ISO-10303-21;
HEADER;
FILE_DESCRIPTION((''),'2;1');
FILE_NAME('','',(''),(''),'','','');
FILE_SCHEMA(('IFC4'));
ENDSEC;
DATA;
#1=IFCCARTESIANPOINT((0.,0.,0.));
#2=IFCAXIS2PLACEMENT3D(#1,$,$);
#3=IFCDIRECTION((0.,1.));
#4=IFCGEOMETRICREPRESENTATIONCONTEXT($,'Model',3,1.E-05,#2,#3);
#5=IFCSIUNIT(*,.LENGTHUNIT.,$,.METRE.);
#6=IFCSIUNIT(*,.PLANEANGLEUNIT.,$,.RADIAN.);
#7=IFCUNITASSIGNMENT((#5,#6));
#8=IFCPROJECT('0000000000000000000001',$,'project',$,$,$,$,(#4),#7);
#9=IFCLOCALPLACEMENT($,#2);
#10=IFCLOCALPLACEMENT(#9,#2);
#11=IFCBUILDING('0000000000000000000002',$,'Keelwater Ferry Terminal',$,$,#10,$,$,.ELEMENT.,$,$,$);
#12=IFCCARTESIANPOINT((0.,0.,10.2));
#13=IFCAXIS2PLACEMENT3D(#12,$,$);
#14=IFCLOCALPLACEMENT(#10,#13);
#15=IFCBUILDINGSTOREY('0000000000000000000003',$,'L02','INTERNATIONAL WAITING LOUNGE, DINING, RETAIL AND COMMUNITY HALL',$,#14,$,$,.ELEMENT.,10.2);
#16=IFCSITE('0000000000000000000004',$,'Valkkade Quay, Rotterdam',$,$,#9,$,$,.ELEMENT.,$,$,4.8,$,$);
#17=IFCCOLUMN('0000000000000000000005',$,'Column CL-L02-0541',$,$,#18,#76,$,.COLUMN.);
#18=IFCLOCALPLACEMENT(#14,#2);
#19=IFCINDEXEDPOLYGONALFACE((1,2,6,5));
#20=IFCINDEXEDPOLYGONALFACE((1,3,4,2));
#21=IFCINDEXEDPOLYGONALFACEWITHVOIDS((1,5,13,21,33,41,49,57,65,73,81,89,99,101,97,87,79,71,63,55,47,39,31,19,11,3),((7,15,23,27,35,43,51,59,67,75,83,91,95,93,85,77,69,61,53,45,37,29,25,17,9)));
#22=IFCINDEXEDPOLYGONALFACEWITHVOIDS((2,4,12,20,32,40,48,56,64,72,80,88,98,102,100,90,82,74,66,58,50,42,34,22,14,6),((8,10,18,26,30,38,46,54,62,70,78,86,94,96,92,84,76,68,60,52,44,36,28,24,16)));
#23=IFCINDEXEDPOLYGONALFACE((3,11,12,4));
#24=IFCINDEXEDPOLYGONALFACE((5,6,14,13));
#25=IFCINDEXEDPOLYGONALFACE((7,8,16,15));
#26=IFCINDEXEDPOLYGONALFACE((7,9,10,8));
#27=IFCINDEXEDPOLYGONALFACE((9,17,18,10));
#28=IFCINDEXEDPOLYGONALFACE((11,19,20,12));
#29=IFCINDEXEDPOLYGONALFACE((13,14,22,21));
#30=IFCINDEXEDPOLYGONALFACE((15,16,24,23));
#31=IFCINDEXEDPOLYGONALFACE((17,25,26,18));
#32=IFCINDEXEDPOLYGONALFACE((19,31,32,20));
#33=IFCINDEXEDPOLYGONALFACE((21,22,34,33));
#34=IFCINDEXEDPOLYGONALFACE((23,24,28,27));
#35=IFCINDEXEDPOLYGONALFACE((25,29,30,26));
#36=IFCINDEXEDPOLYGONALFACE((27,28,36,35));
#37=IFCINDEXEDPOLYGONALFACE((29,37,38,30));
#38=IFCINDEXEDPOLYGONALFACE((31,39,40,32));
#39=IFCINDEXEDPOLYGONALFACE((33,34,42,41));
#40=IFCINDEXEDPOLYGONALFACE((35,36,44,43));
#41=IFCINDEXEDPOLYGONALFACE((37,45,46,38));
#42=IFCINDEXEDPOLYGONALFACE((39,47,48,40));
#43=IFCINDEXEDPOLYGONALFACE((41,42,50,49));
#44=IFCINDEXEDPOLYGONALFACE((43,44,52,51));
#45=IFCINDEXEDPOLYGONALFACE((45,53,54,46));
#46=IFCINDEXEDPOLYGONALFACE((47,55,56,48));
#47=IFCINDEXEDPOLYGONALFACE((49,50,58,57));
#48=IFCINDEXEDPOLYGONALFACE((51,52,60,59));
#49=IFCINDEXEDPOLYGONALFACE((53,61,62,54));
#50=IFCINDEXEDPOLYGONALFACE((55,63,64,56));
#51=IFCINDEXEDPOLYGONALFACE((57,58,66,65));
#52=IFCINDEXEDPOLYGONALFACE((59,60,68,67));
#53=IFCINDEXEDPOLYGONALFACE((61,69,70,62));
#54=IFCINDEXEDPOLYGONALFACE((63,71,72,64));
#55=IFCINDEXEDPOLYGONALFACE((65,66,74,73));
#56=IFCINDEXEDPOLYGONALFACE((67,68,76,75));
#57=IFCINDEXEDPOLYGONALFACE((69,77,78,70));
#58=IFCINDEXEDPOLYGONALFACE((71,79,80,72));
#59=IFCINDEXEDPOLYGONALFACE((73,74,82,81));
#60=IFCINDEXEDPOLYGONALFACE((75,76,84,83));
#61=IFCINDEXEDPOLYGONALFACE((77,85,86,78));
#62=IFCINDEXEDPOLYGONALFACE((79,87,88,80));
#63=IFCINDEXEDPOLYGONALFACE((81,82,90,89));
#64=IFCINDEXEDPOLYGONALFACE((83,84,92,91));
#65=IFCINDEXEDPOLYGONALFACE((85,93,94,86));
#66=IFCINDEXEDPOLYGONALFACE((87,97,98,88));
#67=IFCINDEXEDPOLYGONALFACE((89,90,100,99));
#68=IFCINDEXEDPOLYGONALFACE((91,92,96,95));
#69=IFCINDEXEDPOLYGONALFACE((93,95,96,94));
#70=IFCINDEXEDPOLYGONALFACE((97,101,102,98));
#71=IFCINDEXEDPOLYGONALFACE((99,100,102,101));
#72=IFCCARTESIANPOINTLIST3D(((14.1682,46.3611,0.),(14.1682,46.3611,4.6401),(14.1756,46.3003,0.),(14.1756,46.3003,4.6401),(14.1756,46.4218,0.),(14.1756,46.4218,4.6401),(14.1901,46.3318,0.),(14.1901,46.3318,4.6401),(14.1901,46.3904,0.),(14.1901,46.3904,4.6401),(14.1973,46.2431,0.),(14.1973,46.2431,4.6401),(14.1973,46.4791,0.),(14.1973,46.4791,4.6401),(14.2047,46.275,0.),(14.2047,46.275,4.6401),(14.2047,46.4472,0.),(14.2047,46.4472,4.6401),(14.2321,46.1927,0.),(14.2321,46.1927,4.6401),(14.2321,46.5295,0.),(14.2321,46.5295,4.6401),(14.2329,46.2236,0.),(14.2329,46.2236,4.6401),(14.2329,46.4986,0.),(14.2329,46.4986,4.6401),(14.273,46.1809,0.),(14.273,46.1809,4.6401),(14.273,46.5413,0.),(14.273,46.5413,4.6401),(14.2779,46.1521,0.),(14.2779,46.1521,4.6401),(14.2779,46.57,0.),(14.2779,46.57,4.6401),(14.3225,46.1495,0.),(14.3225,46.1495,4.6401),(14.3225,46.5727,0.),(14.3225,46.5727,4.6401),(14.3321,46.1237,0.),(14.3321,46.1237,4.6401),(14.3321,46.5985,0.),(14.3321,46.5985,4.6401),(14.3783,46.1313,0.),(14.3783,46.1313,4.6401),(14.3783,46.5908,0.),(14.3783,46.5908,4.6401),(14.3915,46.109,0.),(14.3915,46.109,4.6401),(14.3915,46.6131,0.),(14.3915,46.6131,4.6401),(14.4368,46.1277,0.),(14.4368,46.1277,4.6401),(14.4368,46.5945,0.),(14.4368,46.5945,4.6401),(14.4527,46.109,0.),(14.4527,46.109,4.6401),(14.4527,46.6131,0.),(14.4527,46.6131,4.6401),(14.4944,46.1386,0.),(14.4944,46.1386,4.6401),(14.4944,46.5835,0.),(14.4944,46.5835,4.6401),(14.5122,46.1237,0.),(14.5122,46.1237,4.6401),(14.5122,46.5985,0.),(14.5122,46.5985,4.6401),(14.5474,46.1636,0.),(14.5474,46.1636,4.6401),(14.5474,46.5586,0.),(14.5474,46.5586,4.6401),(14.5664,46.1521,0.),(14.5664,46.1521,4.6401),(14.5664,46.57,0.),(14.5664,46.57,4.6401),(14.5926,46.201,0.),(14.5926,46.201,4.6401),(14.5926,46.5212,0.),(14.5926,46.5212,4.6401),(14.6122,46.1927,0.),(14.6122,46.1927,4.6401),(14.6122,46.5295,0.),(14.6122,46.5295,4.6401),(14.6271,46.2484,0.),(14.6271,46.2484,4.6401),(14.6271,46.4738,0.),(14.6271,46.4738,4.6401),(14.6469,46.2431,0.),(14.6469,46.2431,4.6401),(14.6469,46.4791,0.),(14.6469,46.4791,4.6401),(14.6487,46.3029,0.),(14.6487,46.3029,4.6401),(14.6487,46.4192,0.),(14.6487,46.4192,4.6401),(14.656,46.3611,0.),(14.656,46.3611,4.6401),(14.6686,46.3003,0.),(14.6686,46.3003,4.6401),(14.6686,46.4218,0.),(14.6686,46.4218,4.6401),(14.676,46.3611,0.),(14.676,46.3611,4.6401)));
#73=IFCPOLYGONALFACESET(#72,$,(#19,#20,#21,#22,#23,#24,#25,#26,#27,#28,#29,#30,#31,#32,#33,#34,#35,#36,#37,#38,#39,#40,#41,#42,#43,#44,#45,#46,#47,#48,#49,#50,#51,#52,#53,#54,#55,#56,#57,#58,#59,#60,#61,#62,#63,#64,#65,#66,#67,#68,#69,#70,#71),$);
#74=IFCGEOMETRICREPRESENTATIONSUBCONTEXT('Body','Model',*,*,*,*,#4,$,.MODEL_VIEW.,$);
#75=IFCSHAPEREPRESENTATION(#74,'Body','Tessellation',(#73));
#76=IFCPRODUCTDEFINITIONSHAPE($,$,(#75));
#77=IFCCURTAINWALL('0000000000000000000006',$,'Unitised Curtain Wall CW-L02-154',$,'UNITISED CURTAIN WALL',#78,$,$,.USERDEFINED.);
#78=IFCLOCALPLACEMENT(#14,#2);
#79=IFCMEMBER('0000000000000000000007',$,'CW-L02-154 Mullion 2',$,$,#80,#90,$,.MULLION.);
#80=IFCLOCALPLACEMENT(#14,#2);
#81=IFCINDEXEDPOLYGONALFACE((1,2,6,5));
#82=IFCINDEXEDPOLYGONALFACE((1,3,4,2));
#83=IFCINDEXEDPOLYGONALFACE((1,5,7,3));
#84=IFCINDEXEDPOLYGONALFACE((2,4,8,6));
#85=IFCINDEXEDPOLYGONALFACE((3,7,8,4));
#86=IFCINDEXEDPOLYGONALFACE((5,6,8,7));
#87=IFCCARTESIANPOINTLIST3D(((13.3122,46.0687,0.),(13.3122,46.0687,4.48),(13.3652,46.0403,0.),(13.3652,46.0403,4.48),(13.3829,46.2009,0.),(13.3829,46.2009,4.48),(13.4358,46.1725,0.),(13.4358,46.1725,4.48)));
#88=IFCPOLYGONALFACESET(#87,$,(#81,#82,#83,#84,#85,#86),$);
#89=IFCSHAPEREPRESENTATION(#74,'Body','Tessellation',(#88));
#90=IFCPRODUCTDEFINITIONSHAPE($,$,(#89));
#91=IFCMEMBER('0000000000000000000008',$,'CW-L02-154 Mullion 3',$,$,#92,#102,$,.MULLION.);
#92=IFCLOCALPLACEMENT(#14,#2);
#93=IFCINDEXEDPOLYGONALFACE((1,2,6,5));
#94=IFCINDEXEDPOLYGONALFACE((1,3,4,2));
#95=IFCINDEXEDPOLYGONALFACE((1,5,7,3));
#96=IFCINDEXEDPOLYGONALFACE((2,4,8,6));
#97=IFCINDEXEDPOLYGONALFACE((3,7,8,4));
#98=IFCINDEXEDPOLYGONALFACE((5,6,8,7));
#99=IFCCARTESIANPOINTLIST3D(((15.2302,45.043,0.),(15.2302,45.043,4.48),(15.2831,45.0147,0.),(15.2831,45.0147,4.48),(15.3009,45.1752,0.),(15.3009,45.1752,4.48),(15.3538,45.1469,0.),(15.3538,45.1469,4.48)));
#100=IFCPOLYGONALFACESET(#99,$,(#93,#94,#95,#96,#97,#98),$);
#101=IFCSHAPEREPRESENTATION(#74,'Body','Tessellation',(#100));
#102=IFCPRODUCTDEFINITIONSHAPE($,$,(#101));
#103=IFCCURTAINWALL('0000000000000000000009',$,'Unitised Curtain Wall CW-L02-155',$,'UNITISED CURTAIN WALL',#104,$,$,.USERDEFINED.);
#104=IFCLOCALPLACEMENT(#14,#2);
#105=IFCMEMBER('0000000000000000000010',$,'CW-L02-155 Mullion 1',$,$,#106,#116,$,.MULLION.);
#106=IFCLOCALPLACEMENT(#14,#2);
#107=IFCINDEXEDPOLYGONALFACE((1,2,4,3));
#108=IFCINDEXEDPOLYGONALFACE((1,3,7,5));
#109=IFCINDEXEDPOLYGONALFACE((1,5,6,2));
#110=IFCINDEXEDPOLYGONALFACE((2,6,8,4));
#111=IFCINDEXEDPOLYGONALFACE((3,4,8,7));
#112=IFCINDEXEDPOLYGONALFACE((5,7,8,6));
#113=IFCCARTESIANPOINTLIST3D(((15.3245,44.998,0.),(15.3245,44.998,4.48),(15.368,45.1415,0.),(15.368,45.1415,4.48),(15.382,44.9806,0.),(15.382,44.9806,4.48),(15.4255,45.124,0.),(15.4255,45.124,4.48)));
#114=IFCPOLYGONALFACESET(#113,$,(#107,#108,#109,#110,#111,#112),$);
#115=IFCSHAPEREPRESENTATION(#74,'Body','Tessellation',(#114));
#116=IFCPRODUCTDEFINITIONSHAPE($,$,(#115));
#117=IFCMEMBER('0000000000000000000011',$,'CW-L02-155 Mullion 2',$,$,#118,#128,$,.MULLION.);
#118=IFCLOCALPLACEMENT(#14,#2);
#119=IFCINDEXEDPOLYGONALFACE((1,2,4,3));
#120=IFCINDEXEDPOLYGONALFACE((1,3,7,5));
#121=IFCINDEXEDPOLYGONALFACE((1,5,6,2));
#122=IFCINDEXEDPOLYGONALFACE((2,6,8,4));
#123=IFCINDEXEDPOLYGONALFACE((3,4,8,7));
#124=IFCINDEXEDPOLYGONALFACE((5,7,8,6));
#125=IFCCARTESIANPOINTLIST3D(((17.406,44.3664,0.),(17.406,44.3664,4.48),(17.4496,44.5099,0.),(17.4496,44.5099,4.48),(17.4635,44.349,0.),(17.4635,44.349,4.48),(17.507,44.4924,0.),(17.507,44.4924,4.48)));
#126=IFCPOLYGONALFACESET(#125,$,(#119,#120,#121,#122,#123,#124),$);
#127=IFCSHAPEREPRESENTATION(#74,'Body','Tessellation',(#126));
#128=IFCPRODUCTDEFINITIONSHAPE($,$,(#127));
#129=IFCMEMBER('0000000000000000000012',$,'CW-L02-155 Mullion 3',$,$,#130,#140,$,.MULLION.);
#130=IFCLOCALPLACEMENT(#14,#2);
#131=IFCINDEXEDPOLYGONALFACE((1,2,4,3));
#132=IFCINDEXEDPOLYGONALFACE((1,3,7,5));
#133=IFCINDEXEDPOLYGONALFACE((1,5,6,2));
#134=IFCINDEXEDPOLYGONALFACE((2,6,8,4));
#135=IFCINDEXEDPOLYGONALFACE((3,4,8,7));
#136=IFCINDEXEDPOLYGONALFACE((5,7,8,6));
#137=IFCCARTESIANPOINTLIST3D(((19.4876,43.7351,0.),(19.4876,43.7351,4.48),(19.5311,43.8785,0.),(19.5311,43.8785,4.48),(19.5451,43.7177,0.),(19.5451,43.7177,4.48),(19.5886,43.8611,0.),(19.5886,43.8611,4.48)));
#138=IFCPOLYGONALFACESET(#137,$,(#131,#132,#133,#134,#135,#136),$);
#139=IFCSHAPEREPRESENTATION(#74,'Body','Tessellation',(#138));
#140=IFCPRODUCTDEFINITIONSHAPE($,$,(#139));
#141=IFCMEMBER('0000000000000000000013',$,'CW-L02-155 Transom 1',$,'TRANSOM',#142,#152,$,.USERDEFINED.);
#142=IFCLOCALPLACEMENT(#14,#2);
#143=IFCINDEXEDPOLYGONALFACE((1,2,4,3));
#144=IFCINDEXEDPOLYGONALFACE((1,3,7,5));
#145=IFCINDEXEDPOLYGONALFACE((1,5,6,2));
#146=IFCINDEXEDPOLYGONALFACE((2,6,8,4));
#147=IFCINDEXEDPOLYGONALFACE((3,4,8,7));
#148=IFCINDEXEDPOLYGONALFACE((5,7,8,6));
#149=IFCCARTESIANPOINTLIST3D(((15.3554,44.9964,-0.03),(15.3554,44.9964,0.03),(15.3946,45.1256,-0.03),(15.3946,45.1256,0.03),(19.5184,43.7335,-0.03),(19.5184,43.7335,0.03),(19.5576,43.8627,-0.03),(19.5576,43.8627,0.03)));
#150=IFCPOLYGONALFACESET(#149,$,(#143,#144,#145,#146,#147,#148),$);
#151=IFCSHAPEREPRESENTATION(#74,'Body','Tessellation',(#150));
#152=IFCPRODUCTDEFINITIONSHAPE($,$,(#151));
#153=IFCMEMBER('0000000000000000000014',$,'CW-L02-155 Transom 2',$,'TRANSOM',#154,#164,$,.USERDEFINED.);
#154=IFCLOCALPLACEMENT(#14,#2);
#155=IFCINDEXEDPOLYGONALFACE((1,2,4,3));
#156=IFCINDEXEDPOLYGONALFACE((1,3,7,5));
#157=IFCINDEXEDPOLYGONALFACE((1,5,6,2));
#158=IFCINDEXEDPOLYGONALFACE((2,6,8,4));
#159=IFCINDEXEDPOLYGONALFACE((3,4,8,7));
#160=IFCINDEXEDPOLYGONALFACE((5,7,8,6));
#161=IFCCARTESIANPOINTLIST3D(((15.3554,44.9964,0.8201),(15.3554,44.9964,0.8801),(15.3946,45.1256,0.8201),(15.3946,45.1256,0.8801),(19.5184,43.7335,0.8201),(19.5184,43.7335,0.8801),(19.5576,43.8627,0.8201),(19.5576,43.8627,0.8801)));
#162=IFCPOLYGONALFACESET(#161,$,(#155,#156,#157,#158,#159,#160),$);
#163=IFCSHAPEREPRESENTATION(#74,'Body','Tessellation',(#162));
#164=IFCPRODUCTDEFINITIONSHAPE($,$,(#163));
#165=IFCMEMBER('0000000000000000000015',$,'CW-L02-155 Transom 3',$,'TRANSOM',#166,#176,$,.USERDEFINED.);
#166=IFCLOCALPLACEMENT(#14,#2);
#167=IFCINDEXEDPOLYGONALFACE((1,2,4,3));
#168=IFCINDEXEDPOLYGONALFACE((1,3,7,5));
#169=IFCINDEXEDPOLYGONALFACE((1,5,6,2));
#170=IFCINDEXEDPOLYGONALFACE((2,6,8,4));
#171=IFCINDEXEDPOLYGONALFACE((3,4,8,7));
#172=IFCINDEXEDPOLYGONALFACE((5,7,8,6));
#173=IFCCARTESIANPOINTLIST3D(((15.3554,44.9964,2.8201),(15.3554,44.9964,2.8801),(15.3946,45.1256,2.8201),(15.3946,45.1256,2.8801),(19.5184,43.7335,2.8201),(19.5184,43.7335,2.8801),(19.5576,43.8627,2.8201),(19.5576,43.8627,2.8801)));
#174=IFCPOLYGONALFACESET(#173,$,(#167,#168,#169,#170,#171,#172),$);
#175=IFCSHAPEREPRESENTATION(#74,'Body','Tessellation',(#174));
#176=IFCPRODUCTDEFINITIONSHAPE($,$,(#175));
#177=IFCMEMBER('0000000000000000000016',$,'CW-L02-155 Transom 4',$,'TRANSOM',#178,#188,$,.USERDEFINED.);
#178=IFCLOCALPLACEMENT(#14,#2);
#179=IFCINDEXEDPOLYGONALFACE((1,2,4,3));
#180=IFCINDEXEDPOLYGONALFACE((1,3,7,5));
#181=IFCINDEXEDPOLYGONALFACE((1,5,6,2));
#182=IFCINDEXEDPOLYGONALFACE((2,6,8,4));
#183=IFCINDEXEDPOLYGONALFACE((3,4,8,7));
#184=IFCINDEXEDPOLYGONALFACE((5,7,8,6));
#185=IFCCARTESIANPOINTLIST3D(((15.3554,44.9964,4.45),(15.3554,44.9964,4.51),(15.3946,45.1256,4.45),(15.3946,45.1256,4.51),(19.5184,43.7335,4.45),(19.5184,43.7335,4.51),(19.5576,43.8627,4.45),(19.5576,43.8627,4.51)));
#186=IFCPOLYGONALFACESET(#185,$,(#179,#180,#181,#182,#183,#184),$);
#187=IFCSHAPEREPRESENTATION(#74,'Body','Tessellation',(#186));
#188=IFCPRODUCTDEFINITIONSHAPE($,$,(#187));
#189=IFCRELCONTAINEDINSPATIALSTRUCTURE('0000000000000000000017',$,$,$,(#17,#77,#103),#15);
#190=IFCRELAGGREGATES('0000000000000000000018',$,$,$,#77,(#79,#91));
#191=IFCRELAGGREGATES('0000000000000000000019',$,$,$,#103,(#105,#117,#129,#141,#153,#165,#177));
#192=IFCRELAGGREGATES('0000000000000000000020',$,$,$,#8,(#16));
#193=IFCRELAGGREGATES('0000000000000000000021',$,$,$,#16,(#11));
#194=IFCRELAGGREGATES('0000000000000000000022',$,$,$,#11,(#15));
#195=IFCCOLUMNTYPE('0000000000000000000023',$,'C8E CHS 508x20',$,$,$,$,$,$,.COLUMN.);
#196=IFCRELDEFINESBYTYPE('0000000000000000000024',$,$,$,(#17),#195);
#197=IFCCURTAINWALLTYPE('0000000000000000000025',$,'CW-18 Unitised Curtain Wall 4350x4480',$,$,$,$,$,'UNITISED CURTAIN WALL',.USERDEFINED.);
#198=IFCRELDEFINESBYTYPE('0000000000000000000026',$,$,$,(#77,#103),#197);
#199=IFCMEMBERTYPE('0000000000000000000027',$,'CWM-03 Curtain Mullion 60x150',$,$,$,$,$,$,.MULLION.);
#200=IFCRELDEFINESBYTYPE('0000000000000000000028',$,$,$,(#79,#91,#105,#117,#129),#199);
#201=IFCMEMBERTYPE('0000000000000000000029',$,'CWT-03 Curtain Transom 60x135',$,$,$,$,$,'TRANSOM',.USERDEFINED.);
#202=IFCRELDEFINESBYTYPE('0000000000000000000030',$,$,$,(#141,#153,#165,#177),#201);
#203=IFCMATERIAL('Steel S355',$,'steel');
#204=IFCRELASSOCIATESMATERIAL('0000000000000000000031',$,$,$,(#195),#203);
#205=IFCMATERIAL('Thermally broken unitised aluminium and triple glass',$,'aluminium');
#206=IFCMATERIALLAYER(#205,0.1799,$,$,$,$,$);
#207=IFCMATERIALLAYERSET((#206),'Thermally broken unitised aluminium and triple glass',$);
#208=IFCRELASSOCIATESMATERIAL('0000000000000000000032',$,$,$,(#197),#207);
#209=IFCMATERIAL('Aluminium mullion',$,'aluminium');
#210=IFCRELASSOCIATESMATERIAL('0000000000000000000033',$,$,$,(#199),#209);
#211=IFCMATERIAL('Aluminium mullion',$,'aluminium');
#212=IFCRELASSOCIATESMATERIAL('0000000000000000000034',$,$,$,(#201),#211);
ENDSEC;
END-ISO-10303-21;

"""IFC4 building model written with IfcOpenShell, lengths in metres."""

from ifc_helpers import new_model, si_unit, direction, frame, origin, origin_2d, place, context, subcontext, project, spatial, rectangle, hollow_circle, extrude, material, layer, layer_set, material_profile, profile_set, type_object, element, aggregate, save


model = new_model("IFC4")

# Units and contexts
model_context = context("Model", 3, precision=1e-05, world=origin(), true_north=direction((0.0, 1.0)))
body_context = subcontext(model_context, "Body", "Model", "MODEL_VIEW")
ifc_project = project(units=[si_unit("LENGTHUNIT", "METRE"), si_unit("PLANEANGLEUNIT", "RADIAN")], contexts=[model_context])

# Site, building, storey
site_placement = place(None, origin())
site = spatial("IfcSite", under=ifc_project, at=site_placement, Name="Valkkade Quay, Rotterdam", CompositionType="ELEMENT", RefElevation=4.8)
building_placement = place(site_placement, origin())
building = spatial("IfcBuilding", under=site, at=building_placement, Name="Keelwater Ferry Terminal", CompositionType="ELEMENT")
storey_placement = place(building_placement, frame((0.0, 0.0, 10.2)))
storey = spatial("IfcBuildingStorey", under=building, at=storey_placement, Name="L02", Description="INTERNATIONAL WAITING LOUNGE, DINING, RETAIL AND COMMUNITY HALL", CompositionType="ELEMENT", Elevation=10.2)

# Column
ifc_material_1 = material(Name="Steel S355", Category="steel")
ifc_material_profile_1 = material_profile(ifc_material_1, hollow_circle(Radius=0.2539, WallThickness=0.02, at=origin_2d()), Name="CHS 508x20")
ifc_profile_set_1 = profile_set([ifc_material_profile_1], Name="Steel S355")
column_type = type_object("IfcColumnType", Name="C8E CHS 508x20", PredefinedType="COLUMN", material=ifc_profile_set_1)
column_placement = place(storey_placement, frame((14.4221, 46.3611, 0.0), z_axis=(0.0, 0.0, 1.0), x_axis=(1.0, 0.0, 0.0)))
element("IfcColumn", 1, at=column_placement, inside=storey, type_object=column_type, Name="Column CL-L02-0541", PredefinedType="COLUMN", context=body_context, shape_type="SweptSolid", body=[
    extrude(hollow_circle(Radius=0.2539, WallThickness=0.02, at=origin_2d()), origin(), (0.0, 0.0, 1.0), 4.6401),
])

# Curtain walls, members
ifc_material_2 = material(Name="Thermally broken unitised aluminium and triple glass", Category="aluminium")
ifc_layer_1 = layer(ifc_material_2, 0.1799)
ifc_layer_set_1 = layer_set([ifc_layer_1], Name="Thermally broken unitised aluminium and triple glass")
curtain_wall_type = type_object("IfcCurtainWallType", Name="CW-18 Unitised Curtain Wall 4350x4480", ElementType="UNITISED CURTAIN WALL", PredefinedType="USERDEFINED", material=ifc_layer_set_1)
curtain_wall_1_placement = place(storey_placement, origin())
curtain_wall_1 = element("IfcCurtainWall", 2, at=curtain_wall_1_placement, inside=storey, type_object=curtain_wall_type, Name="Unitised Curtain Wall CW-L02-154", ObjectType="UNITISED CURTAIN WALL", PredefinedType="USERDEFINED")
ifc_material_3 = material(Name="Aluminium mullion", Category="aluminium")
ifc_material_profile_2 = material_profile(ifc_material_3, rectangle(XDim=0.0601, YDim=0.1499, at=origin_2d()), Name="CWM-03")
ifc_profile_set_2 = profile_set([ifc_material_profile_2], Name="Aluminium mullion")
member_type_1 = type_object("IfcMemberType", Name="CWM-03 Curtain Mullion 60x150", PredefinedType="MULLION", material=ifc_profile_set_2)
member_1_placement = place(storey_placement, frame((13.374, 46.1206, 0.0), z_axis=(0.0, 0.0, 1.0), x_axis=(0.881862, -0.471507, 0.0)))
member_1 = element("IfcMember", 3, at=member_1_placement, type_object=member_type_1, Name="CW-L02-154 Mullion 2", PredefinedType="MULLION", context=body_context, shape_type="SweptSolid", body=[
    extrude(rectangle(XDim=0.0601, YDim=0.1499, at=origin_2d()), origin(), (0.0, 0.0, 1.0), 4.48),
])
member_2_placement = place(storey_placement, frame((15.292, 45.095, 0.0), z_axis=(0.0, 0.0, 1.0), x_axis=(0.881862, -0.471507, 0.0)))
member_2 = element("IfcMember", 4, at=member_2_placement, type_object=member_type_1, Name="CW-L02-154 Mullion 3", PredefinedType="MULLION", context=body_context, shape_type="SweptSolid", body=[
    extrude(rectangle(XDim=0.0601, YDim=0.1499, at=origin_2d()), origin(), (0.0, 0.0, 1.0), 4.48),
])
curtain_wall_2_placement = place(storey_placement, origin())
curtain_wall_2 = element("IfcCurtainWall", 5, at=curtain_wall_2_placement, inside=storey, type_object=curtain_wall_type, Name="Unitised Curtain Wall CW-L02-155", ObjectType="UNITISED CURTAIN WALL", PredefinedType="USERDEFINED")
member_3_placement = place(storey_placement, frame((15.375, 45.061, 0.0), z_axis=(0.0, 0.0, 1.0), x_axis=(0.95693, -0.29032, 0.0)))
member_3 = element("IfcMember", 6, at=member_3_placement, type_object=member_type_1, Name="CW-L02-155 Mullion 1", PredefinedType="MULLION", context=body_context, shape_type="SweptSolid", body=[
    extrude(rectangle(XDim=0.0601, YDim=0.1499, at=origin_2d()), origin(), (0.0, 0.0, 1.0), 4.48),
])
member_4_placement = place(storey_placement, frame((17.4565, 44.4294, 0.0), z_axis=(0.0, 0.0, 1.0), x_axis=(0.95693, -0.29032, 0.0)))
member_4 = element("IfcMember", 7, at=member_4_placement, type_object=member_type_1, Name="CW-L02-155 Mullion 2", PredefinedType="MULLION", context=body_context, shape_type="SweptSolid", body=[
    extrude(rectangle(XDim=0.0601, YDim=0.1499, at=origin_2d()), origin(), (0.0, 0.0, 1.0), 4.48),
])
member_5_placement = place(storey_placement, frame((19.5381, 43.7981, 0.0), z_axis=(0.0, 0.0, 1.0), x_axis=(0.95693, -0.29032, 0.0)))
member_5 = element("IfcMember", 8, at=member_5_placement, type_object=member_type_1, Name="CW-L02-155 Mullion 3", PredefinedType="MULLION", context=body_context, shape_type="SweptSolid", body=[
    extrude(rectangle(XDim=0.0601, YDim=0.1499, at=origin_2d()), origin(), (0.0, 0.0, 1.0), 4.48),
])
ifc_material_4 = material(Name="Aluminium mullion", Category="aluminium")
ifc_material_profile_3 = material_profile(ifc_material_4, rectangle(XDim=0.135, YDim=0.0601, at=origin_2d()), Name="CWT-03")
ifc_profile_set_3 = profile_set([ifc_material_profile_3], Name="Aluminium mullion")
member_type_2 = type_object("IfcMemberType", Name="CWT-03 Curtain Transom 60x135", ElementType="TRANSOM", PredefinedType="USERDEFINED", material=ifc_profile_set_3)
member_6_placement = place(storey_placement, frame((15.375, 45.061, 0.0), z_axis=(0.956935, -0.290302, 0.0), x_axis=(0.290302, 0.956935, 0.0)))
member_6 = element("IfcMember", 9, at=member_6_placement, type_object=member_type_2, Name="CW-L02-155 Transom 1", ObjectType="TRANSOM", PredefinedType="USERDEFINED", context=body_context, shape_type="SweptSolid", body=[
    extrude(rectangle(XDim=0.135, YDim=0.0601, at=origin_2d()), origin(), (0.0, 0.0, 1.0), 4.3503),
])
member_7_placement = place(storey_placement, frame((15.375, 45.061, 0.8501), z_axis=(0.956935, -0.290302, 0.0), x_axis=(0.290302, 0.956935, 0.0)))
member_7 = element("IfcMember", 10, at=member_7_placement, type_object=member_type_2, Name="CW-L02-155 Transom 2", ObjectType="TRANSOM", PredefinedType="USERDEFINED", context=body_context, shape_type="SweptSolid", body=[
    extrude(rectangle(XDim=0.135, YDim=0.0601, at=origin_2d()), origin(), (0.0, 0.0, 1.0), 4.3503),
])
member_8_placement = place(storey_placement, frame((15.375, 45.061, 2.8501), z_axis=(0.956935, -0.290302, 0.0), x_axis=(0.290302, 0.956935, 0.0)))
member_8 = element("IfcMember", 11, at=member_8_placement, type_object=member_type_2, Name="CW-L02-155 Transom 3", ObjectType="TRANSOM", PredefinedType="USERDEFINED", context=body_context, shape_type="SweptSolid", body=[
    extrude(rectangle(XDim=0.135, YDim=0.0601, at=origin_2d()), origin(), (0.0, 0.0, 1.0), 4.3503),
])
member_9_placement = place(storey_placement, frame((15.375, 45.061, 4.48), z_axis=(0.956935, -0.290302, 0.0), x_axis=(0.290302, 0.956935, 0.0)))
member_9 = element("IfcMember", 12, at=member_9_placement, type_object=member_type_2, Name="CW-L02-155 Transom 4", ObjectType="TRANSOM", PredefinedType="USERDEFINED", context=body_context, shape_type="SweptSolid", body=[
    extrude(rectangle(XDim=0.135, YDim=0.0601, at=origin_2d()), origin(), (0.0, 0.0, 1.0), 4.3503),
])

aggregate(curtain_wall_1, [member_1, member_2])
aggregate(curtain_wall_2, [member_3, member_4, member_5, member_6, member_7, member_8, member_9])

save(model, "model.ifc")
